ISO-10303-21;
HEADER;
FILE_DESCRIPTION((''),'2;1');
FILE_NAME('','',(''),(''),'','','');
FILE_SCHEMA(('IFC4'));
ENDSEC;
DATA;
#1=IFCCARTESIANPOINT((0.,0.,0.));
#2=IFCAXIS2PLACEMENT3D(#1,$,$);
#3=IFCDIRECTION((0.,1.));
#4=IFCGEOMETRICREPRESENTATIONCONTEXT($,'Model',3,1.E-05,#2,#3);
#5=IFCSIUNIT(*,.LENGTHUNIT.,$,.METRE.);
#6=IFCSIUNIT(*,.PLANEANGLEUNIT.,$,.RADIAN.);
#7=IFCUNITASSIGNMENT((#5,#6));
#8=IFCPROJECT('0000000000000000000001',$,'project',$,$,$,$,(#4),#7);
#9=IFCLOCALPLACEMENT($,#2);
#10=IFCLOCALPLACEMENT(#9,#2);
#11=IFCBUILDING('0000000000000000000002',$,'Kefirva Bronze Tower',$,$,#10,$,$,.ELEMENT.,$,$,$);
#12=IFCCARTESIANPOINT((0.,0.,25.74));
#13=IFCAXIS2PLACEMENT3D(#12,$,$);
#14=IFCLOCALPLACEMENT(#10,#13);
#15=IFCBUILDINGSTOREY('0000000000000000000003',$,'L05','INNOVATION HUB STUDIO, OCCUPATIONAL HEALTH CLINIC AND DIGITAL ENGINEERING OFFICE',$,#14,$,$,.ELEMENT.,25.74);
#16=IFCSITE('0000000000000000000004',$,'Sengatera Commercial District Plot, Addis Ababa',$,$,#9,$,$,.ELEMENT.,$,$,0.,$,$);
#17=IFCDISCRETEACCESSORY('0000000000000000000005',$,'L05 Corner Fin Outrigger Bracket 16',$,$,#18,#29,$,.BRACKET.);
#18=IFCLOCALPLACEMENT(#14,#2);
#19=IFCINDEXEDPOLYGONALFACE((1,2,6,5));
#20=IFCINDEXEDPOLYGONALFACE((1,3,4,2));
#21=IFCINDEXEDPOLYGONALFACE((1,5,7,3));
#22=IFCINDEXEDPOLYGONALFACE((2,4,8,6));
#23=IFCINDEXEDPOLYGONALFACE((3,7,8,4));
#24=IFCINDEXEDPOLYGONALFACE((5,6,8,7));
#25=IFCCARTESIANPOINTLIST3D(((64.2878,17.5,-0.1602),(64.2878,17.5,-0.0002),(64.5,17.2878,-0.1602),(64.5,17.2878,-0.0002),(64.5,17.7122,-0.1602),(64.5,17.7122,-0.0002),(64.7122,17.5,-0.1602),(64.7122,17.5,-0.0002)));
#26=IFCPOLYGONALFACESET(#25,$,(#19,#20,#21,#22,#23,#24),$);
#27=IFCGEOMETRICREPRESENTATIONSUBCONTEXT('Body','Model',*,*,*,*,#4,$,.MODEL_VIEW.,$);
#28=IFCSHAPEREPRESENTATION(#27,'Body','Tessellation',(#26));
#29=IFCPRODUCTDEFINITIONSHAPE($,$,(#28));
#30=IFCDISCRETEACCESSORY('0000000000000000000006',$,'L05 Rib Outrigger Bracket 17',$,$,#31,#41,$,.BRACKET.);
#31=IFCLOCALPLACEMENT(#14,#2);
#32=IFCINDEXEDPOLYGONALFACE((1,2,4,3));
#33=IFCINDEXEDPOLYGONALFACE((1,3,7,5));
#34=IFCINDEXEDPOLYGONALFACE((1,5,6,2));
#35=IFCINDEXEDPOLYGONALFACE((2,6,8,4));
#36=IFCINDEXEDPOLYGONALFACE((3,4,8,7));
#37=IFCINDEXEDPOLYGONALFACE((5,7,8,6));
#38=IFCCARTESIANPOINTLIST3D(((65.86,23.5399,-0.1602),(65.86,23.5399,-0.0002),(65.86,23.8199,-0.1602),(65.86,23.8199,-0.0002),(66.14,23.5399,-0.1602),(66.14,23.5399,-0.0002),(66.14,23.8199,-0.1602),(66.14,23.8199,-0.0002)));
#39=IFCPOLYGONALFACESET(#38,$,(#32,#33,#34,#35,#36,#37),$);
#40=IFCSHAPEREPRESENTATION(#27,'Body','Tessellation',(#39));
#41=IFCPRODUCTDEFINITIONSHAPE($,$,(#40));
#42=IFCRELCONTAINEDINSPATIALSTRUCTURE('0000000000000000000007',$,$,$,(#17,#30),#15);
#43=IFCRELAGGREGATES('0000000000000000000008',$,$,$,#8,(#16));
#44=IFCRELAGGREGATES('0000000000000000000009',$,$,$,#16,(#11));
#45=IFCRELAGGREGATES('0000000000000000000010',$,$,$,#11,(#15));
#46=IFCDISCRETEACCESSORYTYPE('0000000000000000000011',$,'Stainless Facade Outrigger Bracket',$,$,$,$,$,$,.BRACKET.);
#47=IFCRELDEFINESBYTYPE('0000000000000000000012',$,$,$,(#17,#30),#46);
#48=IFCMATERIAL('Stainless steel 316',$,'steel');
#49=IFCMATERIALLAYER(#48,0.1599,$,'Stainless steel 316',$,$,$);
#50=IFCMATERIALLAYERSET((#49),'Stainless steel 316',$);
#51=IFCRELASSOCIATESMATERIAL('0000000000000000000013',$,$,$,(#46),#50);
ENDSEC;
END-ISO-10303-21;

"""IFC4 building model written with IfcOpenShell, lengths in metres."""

from ifc_helpers import new_model, si_unit, direction, frame, origin, origin_2d, place, context, subcontext, project, spatial, rectangle, extrude, material, layer, layer_set, type_object, element, save


model = new_model("IFC4")

# Units and contexts
model_context = context("Model", 3, precision=1e-05, world=origin(), true_north=direction((0.0, 1.0)))
body_context = subcontext(model_context, "Body", "Model", "MODEL_VIEW")
ifc_project = project(units=[si_unit("LENGTHUNIT", "METRE"), si_unit("PLANEANGLEUNIT", "RADIAN")], contexts=[model_context])

# Site, building, storey
site_placement = place(None, origin())
site = spatial("IfcSite", under=ifc_project, at=site_placement, Name="Sengatera Commercial District Plot, Addis Ababa", CompositionType="ELEMENT", RefElevation=0.0)
building_placement = place(site_placement, origin())
building = spatial("IfcBuilding", under=site, at=building_placement, Name="Kefirva Bronze Tower", CompositionType="ELEMENT")
storey_placement = place(building_placement, frame((0.0, 0.0, 25.74)))
storey = spatial("IfcBuildingStorey", under=building, at=storey_placement, Name="L05", Description="INNOVATION HUB STUDIO, OCCUPATIONAL HEALTH CLINIC AND DIGITAL ENGINEERING OFFICE", CompositionType="ELEMENT", Elevation=25.74)

# Shared definitions
ifc_material_1 = material(Name="Stainless steel 316", Category="steel")

# Discrete accessories
ifc_layer_1 = layer(ifc_material_1, 0.1599, Name="Stainless steel 316")
ifc_layer_set_1 = layer_set([ifc_layer_1], Name="Stainless steel 316")
discrete_accessory_type = type_object("IfcDiscreteAccessoryType", Name="Stainless Facade Outrigger Bracket", PredefinedType="BRACKET", material=ifc_layer_set_1)
discrete_accessory_1_placement = place(storey_placement, frame((64.5, 17.5, -0.1602), z_axis=(0.0, 0.0, 1.0), x_axis=(0.707107, 0.707107, 0.0)))
element("IfcDiscreteAccessory", 1, at=discrete_accessory_1_placement, inside=storey, type_object=discrete_accessory_type, Name="L05 Corner Fin Outrigger Bracket 16", PredefinedType="BRACKET", context=body_context, shape_type="SweptSolid", body=[
    extrude(rectangle(XDim=0.3, YDim=0.3, at=origin_2d()), origin(), (0.0, 0.0, 1.0), 0.1599),
])
discrete_accessory_2_placement = place(storey_placement, frame((66.0, 23.6799, -0.1602), z_axis=(0.0, 0.0, 1.0), x_axis=(0.0, 1.0, 0.0)))
element("IfcDiscreteAccessory", 2, at=discrete_accessory_2_placement, inside=storey, type_object=discrete_accessory_type, Name="L05 Rib Outrigger Bracket 17", PredefinedType="BRACKET", context=body_context, shape_type="SweptSolid", body=[
    extrude(rectangle(XDim=0.28, YDim=0.28, at=origin_2d()), origin(), (0.0, 0.0, 1.0), 0.1599),
])

save(model, "model.ifc")
